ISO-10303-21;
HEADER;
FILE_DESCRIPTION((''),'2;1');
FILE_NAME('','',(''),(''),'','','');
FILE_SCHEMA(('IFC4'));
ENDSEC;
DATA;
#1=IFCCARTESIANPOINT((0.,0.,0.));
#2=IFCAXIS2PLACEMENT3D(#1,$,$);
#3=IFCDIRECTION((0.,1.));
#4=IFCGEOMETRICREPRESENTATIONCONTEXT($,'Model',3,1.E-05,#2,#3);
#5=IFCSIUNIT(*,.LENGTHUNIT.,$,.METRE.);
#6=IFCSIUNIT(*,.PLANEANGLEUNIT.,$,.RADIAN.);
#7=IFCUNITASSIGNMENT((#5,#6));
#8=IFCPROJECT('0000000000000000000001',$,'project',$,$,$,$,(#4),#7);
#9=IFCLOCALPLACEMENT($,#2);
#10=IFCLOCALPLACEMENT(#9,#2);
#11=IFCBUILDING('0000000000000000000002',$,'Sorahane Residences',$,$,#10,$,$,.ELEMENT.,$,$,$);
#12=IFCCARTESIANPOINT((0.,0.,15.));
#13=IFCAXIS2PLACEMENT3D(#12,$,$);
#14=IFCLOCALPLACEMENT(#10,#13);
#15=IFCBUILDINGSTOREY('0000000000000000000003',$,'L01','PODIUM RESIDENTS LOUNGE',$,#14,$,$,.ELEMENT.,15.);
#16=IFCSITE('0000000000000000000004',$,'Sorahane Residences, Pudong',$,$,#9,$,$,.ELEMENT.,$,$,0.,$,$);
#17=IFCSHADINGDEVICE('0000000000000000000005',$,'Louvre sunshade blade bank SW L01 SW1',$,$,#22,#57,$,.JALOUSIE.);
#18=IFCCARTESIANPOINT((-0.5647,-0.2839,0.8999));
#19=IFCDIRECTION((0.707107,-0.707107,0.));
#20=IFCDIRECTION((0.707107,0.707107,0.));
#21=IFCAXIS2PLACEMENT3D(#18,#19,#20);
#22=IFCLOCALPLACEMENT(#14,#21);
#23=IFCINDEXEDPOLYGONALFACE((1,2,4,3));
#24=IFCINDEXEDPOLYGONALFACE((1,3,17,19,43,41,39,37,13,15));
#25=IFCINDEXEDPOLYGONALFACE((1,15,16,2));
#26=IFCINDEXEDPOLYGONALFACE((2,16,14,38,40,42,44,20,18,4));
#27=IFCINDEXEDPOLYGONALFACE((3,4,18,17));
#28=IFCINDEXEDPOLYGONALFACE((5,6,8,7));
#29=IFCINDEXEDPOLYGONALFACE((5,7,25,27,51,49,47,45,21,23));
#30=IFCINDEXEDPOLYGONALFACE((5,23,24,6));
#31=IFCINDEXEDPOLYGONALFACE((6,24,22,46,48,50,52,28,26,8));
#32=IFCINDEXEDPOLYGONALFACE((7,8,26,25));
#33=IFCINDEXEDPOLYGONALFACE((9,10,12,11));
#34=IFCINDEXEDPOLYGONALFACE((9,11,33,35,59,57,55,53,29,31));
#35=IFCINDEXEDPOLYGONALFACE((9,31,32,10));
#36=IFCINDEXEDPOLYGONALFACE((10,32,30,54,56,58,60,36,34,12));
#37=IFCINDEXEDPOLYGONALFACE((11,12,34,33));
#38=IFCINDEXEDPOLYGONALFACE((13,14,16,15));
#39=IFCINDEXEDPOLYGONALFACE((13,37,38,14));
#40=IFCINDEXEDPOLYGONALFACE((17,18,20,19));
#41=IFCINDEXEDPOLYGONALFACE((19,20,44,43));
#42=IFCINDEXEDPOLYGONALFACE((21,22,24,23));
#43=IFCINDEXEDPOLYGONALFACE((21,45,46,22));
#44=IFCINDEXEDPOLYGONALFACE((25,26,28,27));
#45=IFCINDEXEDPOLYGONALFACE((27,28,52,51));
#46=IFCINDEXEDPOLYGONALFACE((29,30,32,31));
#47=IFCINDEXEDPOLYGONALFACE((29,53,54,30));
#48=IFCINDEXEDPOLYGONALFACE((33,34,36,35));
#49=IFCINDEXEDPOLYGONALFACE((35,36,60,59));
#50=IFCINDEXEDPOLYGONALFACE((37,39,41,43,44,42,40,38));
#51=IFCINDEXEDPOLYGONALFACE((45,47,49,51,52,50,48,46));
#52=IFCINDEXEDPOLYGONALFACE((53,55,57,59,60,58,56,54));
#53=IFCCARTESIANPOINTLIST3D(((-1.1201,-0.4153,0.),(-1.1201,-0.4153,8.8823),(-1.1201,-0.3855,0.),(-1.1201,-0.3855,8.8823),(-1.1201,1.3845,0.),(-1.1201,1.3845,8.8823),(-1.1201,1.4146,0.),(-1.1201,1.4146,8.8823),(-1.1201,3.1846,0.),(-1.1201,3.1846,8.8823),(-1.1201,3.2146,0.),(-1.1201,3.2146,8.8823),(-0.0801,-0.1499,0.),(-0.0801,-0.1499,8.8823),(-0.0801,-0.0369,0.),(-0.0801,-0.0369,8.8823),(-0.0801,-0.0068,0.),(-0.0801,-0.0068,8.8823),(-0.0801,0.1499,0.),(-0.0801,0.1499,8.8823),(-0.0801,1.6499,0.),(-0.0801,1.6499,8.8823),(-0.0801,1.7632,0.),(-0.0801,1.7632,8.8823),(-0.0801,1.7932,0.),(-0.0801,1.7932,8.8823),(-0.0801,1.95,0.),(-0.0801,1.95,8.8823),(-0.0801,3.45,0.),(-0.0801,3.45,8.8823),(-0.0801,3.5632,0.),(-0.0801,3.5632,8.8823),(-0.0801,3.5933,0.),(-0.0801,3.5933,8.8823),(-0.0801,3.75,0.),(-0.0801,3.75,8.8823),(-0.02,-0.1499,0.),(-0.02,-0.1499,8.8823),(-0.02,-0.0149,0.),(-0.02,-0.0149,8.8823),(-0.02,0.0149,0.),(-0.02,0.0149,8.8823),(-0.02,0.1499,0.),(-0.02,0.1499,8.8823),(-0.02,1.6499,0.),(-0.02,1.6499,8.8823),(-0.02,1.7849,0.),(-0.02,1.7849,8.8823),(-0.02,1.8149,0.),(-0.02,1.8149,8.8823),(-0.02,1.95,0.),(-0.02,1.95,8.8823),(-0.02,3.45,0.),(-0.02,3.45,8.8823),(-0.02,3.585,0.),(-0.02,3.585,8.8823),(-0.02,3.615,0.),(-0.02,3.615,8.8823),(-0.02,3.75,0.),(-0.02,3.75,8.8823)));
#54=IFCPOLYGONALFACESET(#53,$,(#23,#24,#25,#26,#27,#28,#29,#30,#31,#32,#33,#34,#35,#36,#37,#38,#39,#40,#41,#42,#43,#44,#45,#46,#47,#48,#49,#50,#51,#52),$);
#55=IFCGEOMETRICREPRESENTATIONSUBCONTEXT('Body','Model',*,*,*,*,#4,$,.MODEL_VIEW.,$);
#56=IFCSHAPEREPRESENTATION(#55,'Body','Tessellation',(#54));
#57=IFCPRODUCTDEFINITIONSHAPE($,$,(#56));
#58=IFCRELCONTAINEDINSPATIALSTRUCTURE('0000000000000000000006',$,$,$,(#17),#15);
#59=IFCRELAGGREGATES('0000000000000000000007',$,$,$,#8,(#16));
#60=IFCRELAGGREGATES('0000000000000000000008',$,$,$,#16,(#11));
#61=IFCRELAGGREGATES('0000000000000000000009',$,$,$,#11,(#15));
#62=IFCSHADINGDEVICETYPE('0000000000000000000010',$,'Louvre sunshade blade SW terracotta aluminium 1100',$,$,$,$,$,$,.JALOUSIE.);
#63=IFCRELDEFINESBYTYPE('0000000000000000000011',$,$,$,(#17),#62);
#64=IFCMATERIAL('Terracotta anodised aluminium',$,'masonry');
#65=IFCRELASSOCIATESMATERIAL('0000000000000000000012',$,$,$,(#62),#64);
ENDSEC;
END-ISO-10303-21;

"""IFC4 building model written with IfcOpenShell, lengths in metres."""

from ifc_helpers import new_model, si_unit, direction, frame, origin, place, context, subcontext, project, spatial, polyline, outline, composite_profile, extrude, material, type_object, element, save


model = new_model("IFC4")

# Units and contexts
model_context = context("Model", 3, precision=1e-05, world=origin(), true_north=direction((0.0, 1.0)))
body_context = subcontext(model_context, "Body", "Model", "MODEL_VIEW")
ifc_project = project(units=[si_unit("LENGTHUNIT", "METRE"), si_unit("PLANEANGLEUNIT", "RADIAN")], contexts=[model_context])

# Site, building, storey
site_placement = place(None, origin())
site = spatial("IfcSite", under=ifc_project, at=site_placement, Name="Sorahane Residences, Pudong", CompositionType="ELEMENT", RefElevation=0.0)
building_placement = place(site_placement, origin())
building = spatial("IfcBuilding", under=site, at=building_placement, Name="Sorahane Residences", CompositionType="ELEMENT")
storey_placement = place(building_placement, frame((0.0, 0.0, 15.0)))
storey = spatial("IfcBuildingStorey", under=building, at=storey_placement, Name="L01", Description="PODIUM RESIDENTS LOUNGE", CompositionType="ELEMENT", Elevation=15.0)

# Shading device
ifc_material_1 = material(Name="Terracotta anodised aluminium", Category="masonry")
shading_device_type = type_object("IfcShadingDeviceType", Name="Louvre sunshade blade SW terracotta aluminium 1100", PredefinedType="JALOUSIE", material=ifc_material_1)
shading_device_placement = place(storey_placement, frame((-0.5647, -0.2839, 0.8999), z_axis=(0.707107, -0.707107, 0.0), x_axis=(0.707107, 0.707107, 0.0)))
element("IfcShadingDevice", 1, at=shading_device_placement, inside=storey, type_object=shading_device_type, Name="Louvre sunshade blade bank SW L01 SW1", PredefinedType="JALOUSIE", context=body_context, shape_type="SweptSolid", body=[
    extrude(composite_profile([outline(polyline([(-1.1201, -0.3855), (-1.1201, -0.4153), (-0.0801, -0.0369), (-0.0801, -0.1499), (-0.02, -0.1499), (-0.02, -0.0149), (-0.02, 0.0149), (-0.02, 0.1499), (-0.0801, 0.1499), (-0.0801, -0.0068), (-1.1201, -0.3855)])), outline(polyline([(-1.1201, 1.4146), (-1.1201, 1.3845), (-0.0801, 1.7632), (-0.0801, 1.6499), (-0.02, 1.6499), (-0.02, 1.7849), (-0.02, 1.8149), (-0.02, 1.95), (-0.0801, 1.95), (-0.0801, 1.7932), (-1.1201, 1.4146)])), outline(polyline([(-1.1201, 3.2146), (-1.1201, 3.1846), (-0.0801, 3.5632), (-0.0801, 3.45), (-0.02, 3.45), (-0.02, 3.585), (-0.02, 3.615), (-0.02, 3.75), (-0.0801, 3.75), (-0.0801, 3.5933), (-1.1201, 3.2146)]))]), origin(), (0.0, 0.0, 1.0), 8.8823),
])

save(model, "model.ifc")
